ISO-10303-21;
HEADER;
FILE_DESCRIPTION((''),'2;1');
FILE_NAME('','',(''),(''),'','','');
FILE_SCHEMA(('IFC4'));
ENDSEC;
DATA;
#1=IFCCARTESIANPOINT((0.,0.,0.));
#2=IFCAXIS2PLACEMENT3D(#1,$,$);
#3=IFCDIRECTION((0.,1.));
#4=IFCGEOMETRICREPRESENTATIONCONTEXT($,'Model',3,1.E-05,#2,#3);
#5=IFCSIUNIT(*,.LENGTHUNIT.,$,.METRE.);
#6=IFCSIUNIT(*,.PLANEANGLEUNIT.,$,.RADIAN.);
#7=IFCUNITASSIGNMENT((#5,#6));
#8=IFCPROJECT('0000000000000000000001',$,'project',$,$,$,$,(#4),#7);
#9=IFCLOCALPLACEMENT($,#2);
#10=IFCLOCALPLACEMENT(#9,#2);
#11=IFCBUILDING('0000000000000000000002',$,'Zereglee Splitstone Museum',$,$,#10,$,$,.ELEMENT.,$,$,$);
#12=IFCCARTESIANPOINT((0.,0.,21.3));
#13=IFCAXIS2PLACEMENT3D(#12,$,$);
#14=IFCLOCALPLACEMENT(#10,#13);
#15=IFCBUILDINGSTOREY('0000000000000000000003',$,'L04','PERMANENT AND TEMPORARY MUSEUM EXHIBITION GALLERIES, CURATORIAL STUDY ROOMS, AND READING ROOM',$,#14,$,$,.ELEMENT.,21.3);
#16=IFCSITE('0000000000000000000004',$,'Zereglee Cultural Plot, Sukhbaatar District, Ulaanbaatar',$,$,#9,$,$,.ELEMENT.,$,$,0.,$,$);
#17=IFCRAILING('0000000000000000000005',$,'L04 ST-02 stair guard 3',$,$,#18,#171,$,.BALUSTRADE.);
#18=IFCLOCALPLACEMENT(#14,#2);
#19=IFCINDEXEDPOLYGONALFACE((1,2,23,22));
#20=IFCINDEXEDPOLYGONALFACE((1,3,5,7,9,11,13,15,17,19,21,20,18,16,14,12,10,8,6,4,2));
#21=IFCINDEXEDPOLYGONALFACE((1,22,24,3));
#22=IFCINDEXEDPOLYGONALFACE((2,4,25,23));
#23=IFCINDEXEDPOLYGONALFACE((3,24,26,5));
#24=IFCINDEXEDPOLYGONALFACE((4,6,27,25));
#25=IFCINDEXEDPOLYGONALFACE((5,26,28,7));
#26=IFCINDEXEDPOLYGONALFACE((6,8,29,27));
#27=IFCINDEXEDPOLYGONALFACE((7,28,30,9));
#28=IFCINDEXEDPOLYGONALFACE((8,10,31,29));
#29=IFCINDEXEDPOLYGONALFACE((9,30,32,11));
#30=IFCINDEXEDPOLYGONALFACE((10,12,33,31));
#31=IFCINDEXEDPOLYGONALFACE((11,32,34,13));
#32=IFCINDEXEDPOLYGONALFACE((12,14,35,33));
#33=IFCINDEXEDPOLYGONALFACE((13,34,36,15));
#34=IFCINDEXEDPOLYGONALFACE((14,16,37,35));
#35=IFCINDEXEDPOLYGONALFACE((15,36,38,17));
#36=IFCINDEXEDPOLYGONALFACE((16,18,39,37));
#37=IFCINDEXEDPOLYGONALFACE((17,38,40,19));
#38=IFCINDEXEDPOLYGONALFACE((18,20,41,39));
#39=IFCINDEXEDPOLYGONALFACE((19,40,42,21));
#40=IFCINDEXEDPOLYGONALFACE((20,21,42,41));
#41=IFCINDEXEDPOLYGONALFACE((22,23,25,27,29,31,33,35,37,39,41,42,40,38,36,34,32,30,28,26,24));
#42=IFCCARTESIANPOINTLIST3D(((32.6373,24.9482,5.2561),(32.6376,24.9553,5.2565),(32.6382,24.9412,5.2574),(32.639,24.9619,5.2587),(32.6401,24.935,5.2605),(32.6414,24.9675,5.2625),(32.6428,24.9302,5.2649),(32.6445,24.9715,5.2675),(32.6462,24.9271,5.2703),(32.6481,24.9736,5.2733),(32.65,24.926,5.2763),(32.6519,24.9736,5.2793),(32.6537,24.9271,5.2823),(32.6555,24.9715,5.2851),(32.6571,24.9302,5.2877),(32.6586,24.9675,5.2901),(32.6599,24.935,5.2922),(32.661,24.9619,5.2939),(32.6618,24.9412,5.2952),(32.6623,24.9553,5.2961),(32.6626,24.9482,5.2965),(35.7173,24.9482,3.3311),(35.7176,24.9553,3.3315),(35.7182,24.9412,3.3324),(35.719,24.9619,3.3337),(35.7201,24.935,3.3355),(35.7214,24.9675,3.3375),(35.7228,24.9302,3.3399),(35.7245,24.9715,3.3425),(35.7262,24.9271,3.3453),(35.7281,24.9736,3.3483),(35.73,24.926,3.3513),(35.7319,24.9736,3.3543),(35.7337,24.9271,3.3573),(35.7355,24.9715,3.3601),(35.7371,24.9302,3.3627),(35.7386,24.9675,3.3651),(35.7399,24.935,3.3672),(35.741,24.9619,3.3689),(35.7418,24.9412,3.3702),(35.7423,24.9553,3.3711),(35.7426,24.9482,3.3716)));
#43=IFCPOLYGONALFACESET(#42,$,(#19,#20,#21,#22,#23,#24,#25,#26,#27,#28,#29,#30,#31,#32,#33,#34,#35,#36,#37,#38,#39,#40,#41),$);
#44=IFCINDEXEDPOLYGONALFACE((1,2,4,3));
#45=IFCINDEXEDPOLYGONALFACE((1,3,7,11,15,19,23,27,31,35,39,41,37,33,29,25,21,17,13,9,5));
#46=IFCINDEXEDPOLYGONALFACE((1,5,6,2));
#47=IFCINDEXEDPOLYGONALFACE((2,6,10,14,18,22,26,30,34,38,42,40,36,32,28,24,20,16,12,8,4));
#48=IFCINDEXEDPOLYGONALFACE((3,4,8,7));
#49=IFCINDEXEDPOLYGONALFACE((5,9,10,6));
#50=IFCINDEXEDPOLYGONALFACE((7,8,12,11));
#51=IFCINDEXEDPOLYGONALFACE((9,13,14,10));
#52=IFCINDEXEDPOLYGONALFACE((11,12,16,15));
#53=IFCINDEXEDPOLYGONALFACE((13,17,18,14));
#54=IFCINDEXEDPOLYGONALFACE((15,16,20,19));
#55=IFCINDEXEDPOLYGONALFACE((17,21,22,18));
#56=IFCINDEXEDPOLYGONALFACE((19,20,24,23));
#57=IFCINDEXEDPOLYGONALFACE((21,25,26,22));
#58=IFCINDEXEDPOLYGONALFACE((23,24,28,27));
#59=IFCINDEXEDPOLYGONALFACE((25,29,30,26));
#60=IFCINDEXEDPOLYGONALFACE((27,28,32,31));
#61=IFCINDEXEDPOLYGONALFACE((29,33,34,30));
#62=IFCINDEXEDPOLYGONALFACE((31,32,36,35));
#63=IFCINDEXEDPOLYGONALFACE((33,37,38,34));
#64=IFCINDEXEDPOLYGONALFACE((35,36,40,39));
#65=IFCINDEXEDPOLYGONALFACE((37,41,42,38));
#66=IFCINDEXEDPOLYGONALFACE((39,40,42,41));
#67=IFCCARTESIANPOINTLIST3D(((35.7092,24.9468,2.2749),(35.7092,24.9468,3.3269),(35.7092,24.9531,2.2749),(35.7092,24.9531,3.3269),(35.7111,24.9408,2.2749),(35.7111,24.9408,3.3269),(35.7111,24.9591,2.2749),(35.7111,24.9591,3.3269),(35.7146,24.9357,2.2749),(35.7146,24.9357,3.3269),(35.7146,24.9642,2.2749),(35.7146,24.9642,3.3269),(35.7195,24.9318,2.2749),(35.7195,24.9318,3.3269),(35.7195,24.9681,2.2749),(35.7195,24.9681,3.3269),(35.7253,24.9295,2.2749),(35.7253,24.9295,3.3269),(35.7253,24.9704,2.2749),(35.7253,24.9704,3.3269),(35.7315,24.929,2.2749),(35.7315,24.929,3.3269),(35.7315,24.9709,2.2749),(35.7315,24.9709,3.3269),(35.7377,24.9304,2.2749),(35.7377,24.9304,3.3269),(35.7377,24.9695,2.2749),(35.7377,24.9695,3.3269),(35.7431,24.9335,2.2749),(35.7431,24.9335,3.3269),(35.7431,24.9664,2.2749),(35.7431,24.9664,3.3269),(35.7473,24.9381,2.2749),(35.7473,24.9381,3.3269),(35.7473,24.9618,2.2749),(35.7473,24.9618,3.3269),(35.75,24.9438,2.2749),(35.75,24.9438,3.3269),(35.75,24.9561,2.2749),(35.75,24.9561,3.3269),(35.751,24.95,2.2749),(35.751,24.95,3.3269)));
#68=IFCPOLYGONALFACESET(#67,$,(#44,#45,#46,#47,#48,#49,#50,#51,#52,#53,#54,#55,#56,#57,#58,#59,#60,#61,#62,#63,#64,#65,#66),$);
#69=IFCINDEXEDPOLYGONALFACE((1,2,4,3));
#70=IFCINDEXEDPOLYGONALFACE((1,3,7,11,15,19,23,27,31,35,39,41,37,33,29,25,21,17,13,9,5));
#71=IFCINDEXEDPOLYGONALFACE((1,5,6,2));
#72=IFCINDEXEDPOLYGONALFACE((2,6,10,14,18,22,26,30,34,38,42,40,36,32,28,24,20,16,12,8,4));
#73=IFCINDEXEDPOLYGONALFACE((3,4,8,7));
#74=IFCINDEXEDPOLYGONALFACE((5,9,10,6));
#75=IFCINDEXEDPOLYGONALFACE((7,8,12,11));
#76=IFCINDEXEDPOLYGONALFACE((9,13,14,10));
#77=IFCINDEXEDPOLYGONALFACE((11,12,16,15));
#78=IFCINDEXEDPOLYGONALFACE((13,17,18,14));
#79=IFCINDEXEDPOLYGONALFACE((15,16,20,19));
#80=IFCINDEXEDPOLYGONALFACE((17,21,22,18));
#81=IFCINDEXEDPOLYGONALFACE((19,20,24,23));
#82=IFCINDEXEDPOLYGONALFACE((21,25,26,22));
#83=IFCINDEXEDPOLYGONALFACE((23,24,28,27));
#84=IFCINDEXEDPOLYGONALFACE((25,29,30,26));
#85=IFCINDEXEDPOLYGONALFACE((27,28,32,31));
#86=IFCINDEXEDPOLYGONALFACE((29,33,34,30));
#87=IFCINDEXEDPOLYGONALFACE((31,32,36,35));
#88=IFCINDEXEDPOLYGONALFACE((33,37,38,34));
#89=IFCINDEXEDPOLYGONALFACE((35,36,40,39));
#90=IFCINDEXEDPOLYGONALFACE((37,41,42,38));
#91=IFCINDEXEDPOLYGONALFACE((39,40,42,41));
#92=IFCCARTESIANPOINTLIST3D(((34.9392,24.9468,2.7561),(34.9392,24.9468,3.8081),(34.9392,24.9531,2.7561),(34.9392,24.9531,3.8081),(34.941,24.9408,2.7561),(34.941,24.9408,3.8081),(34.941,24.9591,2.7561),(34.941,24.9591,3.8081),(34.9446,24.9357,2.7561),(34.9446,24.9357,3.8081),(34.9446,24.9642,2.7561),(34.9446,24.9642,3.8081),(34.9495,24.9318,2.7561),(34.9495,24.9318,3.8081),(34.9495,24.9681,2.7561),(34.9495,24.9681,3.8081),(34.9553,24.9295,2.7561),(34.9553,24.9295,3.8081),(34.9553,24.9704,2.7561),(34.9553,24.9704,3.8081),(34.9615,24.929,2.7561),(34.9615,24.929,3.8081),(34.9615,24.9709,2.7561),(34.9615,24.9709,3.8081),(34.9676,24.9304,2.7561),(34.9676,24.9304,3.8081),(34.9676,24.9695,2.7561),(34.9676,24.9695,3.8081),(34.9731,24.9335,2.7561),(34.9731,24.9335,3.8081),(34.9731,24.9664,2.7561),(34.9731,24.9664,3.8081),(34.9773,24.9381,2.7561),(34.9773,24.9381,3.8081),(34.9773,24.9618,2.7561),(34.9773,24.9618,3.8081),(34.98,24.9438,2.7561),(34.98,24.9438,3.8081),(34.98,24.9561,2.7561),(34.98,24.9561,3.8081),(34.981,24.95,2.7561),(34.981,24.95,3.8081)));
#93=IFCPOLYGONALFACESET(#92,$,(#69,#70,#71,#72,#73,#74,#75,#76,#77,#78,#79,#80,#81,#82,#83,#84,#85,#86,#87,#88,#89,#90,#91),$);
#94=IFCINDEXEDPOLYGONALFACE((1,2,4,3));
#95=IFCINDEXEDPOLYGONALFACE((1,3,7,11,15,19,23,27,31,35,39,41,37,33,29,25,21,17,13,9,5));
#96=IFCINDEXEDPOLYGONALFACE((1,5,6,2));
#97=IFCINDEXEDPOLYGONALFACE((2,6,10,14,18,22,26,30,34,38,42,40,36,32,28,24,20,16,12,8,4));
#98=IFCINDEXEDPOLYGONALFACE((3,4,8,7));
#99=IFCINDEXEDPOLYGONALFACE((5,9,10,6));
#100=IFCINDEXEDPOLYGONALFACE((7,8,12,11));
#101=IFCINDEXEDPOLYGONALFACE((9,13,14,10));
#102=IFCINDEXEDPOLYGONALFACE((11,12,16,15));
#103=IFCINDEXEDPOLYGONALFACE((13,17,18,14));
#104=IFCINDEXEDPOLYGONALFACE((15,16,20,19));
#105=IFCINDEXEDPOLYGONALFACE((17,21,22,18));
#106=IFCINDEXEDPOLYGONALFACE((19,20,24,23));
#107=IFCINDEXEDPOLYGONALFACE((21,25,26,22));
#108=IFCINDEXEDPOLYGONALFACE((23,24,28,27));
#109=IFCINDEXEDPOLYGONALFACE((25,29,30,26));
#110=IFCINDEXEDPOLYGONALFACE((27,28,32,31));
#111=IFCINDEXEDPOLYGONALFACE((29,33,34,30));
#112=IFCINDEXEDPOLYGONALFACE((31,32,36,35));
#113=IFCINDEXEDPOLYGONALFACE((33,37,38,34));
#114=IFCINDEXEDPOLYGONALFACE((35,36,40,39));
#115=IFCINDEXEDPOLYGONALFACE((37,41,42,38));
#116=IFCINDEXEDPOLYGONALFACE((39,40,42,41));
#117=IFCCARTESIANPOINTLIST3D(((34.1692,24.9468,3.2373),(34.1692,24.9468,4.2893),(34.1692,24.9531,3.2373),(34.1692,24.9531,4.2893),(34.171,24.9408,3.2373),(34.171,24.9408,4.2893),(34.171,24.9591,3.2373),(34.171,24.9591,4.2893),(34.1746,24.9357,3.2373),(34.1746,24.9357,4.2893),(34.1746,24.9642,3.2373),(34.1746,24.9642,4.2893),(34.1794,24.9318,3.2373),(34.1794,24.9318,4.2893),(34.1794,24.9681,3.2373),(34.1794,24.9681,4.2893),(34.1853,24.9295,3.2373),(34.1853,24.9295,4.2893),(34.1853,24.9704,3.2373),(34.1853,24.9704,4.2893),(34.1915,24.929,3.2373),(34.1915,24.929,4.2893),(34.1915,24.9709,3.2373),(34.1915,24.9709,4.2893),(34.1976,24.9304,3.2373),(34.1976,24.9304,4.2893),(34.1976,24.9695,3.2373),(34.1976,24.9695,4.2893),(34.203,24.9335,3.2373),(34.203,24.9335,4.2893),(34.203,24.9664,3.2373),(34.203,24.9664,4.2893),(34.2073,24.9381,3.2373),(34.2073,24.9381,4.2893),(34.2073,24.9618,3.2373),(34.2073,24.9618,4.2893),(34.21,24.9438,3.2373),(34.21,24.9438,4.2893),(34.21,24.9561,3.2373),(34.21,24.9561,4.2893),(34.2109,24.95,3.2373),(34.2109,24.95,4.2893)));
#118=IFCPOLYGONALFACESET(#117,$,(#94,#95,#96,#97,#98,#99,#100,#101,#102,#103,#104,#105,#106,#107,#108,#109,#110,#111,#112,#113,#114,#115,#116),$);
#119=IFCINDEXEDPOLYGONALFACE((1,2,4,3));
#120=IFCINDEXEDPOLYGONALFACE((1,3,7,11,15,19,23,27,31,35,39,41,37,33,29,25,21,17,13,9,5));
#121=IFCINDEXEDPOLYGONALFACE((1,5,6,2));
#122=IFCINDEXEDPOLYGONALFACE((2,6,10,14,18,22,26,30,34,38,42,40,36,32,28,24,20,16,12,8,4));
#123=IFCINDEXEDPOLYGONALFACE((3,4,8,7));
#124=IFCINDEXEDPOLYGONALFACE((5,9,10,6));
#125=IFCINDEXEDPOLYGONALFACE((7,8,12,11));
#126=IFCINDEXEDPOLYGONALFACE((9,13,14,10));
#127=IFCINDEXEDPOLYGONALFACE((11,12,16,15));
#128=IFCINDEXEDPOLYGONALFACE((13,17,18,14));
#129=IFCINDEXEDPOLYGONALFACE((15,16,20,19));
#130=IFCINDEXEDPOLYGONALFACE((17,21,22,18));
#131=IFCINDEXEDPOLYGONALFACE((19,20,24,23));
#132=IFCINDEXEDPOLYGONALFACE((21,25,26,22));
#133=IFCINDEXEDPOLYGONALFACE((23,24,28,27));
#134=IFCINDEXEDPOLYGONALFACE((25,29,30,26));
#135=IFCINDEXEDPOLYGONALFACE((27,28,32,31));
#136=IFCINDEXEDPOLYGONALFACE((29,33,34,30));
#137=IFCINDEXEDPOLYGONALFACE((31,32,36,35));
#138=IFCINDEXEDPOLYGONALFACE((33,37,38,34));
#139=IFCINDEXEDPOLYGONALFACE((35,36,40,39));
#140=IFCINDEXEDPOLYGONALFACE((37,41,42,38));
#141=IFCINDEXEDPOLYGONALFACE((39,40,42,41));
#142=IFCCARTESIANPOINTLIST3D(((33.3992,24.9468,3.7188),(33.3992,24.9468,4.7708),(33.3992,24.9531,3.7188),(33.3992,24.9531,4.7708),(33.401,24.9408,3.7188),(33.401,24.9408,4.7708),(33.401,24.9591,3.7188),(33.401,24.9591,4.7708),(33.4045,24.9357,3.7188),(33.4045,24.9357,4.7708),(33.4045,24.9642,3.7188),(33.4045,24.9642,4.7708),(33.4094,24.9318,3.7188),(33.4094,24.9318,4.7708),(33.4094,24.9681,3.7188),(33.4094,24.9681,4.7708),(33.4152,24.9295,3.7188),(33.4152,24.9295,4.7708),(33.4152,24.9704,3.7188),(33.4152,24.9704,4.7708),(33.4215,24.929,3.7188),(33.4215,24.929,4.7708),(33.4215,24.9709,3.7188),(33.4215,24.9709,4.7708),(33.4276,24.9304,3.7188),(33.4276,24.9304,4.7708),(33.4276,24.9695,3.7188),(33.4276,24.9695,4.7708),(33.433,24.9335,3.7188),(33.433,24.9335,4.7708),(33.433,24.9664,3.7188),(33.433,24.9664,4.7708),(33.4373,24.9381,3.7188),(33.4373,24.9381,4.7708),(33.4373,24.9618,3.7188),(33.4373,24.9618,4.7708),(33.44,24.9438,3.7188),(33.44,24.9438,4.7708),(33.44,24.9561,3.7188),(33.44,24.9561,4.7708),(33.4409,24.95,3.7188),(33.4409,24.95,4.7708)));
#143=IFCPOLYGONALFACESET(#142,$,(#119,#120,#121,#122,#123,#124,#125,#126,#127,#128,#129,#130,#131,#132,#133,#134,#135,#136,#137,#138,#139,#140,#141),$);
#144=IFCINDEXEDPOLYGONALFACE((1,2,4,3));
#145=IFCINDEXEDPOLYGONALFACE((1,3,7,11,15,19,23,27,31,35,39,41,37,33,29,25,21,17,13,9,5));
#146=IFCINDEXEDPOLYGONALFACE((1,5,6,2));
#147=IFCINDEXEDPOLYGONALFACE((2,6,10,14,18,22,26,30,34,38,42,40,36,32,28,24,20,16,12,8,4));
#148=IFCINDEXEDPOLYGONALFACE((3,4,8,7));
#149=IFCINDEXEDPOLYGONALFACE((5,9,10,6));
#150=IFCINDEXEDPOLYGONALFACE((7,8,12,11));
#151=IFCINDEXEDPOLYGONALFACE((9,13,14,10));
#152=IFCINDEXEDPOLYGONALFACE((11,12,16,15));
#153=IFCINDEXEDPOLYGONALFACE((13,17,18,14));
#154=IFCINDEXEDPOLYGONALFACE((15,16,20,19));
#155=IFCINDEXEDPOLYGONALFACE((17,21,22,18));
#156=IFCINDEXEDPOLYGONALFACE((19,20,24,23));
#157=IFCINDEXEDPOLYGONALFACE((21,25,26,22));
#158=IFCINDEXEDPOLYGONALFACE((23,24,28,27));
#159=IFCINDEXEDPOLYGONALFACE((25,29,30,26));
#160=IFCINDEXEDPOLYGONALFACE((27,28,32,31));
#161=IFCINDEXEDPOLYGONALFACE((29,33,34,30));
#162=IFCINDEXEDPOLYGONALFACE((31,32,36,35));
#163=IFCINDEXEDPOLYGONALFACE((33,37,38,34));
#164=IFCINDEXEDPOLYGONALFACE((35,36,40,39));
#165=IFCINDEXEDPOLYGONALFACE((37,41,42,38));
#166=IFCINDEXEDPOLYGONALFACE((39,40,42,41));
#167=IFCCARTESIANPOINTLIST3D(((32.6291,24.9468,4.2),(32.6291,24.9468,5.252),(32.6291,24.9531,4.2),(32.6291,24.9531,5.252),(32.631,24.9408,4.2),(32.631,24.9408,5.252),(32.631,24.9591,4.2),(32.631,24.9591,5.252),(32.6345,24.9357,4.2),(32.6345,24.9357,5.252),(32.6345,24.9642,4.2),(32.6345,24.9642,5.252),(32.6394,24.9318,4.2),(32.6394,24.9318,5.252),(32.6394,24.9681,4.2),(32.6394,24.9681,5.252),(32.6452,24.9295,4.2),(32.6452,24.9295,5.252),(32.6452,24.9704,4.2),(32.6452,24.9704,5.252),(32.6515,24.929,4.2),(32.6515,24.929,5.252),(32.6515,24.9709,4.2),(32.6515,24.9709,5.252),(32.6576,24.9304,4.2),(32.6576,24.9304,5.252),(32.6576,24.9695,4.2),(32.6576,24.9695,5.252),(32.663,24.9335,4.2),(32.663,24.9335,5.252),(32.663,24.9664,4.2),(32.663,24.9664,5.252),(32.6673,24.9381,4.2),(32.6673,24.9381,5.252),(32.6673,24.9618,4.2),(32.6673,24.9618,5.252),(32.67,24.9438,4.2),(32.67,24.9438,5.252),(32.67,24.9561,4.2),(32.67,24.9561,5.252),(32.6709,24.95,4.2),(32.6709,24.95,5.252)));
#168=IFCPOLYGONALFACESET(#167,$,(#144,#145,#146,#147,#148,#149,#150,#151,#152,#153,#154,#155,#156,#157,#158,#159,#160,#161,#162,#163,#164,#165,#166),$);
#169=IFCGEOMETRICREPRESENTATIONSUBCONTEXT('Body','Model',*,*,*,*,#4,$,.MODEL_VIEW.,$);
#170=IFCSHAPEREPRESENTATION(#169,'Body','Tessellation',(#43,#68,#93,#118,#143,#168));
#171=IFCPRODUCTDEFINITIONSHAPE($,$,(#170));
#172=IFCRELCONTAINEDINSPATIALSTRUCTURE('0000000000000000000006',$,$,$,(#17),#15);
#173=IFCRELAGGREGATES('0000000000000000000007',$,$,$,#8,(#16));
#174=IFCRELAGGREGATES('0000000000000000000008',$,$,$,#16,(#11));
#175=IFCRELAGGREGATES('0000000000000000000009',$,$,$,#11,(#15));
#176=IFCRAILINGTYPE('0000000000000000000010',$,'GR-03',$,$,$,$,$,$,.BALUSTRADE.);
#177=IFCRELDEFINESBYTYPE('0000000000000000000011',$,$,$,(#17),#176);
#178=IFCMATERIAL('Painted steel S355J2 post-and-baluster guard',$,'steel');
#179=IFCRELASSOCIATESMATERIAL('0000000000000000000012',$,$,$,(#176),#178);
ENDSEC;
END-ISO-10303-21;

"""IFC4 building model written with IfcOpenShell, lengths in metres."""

from ifc_helpers import new_model, si_unit, direction, frame, origin, origin_2d, place, context, subcontext, project, spatial, circle, extrude, material, type_object, element, save


model = new_model("IFC4")

# Units and contexts
model_context = context("Model", 3, precision=1e-05, world=origin(), true_north=direction((0.0, 1.0)))
body_context = subcontext(model_context, "Body", "Model", "MODEL_VIEW")
ifc_project = project(units=[si_unit("LENGTHUNIT", "METRE"), si_unit("PLANEANGLEUNIT", "RADIAN")], contexts=[model_context])

# Site, building, storey
site_placement = place(None, origin())
site = spatial("IfcSite", under=ifc_project, at=site_placement, Name="Zereglee Cultural Plot, Sukhbaatar District, Ulaanbaatar", CompositionType="ELEMENT", RefElevation=0.0)
building_placement = place(site_placement, origin())
building = spatial("IfcBuilding", under=site, at=building_placement, Name="Zereglee Splitstone Museum", CompositionType="ELEMENT")
storey_placement = place(building_placement, frame((0.0, 0.0, 21.3)))
storey = spatial("IfcBuildingStorey", under=building, at=storey_placement, Name="L04", Description="PERMANENT AND TEMPORARY MUSEUM EXHIBITION GALLERIES, CURATORIAL STUDY ROOMS, AND READING ROOM", CompositionType="ELEMENT", Elevation=21.3)

# Railing
ifc_material_1 = material(Name="Painted steel S355J2 post-and-baluster guard", Category="steel")
railing_type_1 = type_object("IfcRailingType", Name="GR-03", PredefinedType="BALUSTRADE", material=ifc_material_1)
railing_1_placement = place(storey_placement, frame((35.73, 24.95, 2.2749)))
element("IfcRailing", 1, at=railing_1_placement, inside=storey, type_object=railing_type_1, Name="L04 ST-02 stair guard 3", PredefinedType="BALUSTRADE", context=body_context, shape_type="SweptSolid", body=[
    extrude(circle(Radius=0.0239, at=origin_2d()), frame((0.0, 0.0, 1.0764), z_axis=(-0.847998, 0.0, 0.529999), x_axis=(0.0, -1.0, 0.0)), (0.0, 0.0, 1.0), 3.6321),
    extrude(circle(Radius=0.021, at=origin_2d()), origin(), (0.0, 0.0, 1.0), 1.052),
    extrude(circle(Radius=0.021, at=origin_2d()), frame((-0.77, 0.0, 0.4812)), (0.0, 0.0, 1.0), 1.052),
    extrude(circle(Radius=0.021, at=origin_2d()), frame((-1.54, 0.0, 0.9624)), (0.0, 0.0, 1.0), 1.052),
    extrude(circle(Radius=0.021, at=origin_2d()), frame((-2.3101, 0.0, 1.4438)), (0.0, 0.0, 1.0), 1.052),
    extrude(circle(Radius=0.021, at=origin_2d()), frame((-3.0801, 0.0, 1.925)), (0.0, 0.0, 1.0), 1.052),
])

save(model, "model.ifc")
